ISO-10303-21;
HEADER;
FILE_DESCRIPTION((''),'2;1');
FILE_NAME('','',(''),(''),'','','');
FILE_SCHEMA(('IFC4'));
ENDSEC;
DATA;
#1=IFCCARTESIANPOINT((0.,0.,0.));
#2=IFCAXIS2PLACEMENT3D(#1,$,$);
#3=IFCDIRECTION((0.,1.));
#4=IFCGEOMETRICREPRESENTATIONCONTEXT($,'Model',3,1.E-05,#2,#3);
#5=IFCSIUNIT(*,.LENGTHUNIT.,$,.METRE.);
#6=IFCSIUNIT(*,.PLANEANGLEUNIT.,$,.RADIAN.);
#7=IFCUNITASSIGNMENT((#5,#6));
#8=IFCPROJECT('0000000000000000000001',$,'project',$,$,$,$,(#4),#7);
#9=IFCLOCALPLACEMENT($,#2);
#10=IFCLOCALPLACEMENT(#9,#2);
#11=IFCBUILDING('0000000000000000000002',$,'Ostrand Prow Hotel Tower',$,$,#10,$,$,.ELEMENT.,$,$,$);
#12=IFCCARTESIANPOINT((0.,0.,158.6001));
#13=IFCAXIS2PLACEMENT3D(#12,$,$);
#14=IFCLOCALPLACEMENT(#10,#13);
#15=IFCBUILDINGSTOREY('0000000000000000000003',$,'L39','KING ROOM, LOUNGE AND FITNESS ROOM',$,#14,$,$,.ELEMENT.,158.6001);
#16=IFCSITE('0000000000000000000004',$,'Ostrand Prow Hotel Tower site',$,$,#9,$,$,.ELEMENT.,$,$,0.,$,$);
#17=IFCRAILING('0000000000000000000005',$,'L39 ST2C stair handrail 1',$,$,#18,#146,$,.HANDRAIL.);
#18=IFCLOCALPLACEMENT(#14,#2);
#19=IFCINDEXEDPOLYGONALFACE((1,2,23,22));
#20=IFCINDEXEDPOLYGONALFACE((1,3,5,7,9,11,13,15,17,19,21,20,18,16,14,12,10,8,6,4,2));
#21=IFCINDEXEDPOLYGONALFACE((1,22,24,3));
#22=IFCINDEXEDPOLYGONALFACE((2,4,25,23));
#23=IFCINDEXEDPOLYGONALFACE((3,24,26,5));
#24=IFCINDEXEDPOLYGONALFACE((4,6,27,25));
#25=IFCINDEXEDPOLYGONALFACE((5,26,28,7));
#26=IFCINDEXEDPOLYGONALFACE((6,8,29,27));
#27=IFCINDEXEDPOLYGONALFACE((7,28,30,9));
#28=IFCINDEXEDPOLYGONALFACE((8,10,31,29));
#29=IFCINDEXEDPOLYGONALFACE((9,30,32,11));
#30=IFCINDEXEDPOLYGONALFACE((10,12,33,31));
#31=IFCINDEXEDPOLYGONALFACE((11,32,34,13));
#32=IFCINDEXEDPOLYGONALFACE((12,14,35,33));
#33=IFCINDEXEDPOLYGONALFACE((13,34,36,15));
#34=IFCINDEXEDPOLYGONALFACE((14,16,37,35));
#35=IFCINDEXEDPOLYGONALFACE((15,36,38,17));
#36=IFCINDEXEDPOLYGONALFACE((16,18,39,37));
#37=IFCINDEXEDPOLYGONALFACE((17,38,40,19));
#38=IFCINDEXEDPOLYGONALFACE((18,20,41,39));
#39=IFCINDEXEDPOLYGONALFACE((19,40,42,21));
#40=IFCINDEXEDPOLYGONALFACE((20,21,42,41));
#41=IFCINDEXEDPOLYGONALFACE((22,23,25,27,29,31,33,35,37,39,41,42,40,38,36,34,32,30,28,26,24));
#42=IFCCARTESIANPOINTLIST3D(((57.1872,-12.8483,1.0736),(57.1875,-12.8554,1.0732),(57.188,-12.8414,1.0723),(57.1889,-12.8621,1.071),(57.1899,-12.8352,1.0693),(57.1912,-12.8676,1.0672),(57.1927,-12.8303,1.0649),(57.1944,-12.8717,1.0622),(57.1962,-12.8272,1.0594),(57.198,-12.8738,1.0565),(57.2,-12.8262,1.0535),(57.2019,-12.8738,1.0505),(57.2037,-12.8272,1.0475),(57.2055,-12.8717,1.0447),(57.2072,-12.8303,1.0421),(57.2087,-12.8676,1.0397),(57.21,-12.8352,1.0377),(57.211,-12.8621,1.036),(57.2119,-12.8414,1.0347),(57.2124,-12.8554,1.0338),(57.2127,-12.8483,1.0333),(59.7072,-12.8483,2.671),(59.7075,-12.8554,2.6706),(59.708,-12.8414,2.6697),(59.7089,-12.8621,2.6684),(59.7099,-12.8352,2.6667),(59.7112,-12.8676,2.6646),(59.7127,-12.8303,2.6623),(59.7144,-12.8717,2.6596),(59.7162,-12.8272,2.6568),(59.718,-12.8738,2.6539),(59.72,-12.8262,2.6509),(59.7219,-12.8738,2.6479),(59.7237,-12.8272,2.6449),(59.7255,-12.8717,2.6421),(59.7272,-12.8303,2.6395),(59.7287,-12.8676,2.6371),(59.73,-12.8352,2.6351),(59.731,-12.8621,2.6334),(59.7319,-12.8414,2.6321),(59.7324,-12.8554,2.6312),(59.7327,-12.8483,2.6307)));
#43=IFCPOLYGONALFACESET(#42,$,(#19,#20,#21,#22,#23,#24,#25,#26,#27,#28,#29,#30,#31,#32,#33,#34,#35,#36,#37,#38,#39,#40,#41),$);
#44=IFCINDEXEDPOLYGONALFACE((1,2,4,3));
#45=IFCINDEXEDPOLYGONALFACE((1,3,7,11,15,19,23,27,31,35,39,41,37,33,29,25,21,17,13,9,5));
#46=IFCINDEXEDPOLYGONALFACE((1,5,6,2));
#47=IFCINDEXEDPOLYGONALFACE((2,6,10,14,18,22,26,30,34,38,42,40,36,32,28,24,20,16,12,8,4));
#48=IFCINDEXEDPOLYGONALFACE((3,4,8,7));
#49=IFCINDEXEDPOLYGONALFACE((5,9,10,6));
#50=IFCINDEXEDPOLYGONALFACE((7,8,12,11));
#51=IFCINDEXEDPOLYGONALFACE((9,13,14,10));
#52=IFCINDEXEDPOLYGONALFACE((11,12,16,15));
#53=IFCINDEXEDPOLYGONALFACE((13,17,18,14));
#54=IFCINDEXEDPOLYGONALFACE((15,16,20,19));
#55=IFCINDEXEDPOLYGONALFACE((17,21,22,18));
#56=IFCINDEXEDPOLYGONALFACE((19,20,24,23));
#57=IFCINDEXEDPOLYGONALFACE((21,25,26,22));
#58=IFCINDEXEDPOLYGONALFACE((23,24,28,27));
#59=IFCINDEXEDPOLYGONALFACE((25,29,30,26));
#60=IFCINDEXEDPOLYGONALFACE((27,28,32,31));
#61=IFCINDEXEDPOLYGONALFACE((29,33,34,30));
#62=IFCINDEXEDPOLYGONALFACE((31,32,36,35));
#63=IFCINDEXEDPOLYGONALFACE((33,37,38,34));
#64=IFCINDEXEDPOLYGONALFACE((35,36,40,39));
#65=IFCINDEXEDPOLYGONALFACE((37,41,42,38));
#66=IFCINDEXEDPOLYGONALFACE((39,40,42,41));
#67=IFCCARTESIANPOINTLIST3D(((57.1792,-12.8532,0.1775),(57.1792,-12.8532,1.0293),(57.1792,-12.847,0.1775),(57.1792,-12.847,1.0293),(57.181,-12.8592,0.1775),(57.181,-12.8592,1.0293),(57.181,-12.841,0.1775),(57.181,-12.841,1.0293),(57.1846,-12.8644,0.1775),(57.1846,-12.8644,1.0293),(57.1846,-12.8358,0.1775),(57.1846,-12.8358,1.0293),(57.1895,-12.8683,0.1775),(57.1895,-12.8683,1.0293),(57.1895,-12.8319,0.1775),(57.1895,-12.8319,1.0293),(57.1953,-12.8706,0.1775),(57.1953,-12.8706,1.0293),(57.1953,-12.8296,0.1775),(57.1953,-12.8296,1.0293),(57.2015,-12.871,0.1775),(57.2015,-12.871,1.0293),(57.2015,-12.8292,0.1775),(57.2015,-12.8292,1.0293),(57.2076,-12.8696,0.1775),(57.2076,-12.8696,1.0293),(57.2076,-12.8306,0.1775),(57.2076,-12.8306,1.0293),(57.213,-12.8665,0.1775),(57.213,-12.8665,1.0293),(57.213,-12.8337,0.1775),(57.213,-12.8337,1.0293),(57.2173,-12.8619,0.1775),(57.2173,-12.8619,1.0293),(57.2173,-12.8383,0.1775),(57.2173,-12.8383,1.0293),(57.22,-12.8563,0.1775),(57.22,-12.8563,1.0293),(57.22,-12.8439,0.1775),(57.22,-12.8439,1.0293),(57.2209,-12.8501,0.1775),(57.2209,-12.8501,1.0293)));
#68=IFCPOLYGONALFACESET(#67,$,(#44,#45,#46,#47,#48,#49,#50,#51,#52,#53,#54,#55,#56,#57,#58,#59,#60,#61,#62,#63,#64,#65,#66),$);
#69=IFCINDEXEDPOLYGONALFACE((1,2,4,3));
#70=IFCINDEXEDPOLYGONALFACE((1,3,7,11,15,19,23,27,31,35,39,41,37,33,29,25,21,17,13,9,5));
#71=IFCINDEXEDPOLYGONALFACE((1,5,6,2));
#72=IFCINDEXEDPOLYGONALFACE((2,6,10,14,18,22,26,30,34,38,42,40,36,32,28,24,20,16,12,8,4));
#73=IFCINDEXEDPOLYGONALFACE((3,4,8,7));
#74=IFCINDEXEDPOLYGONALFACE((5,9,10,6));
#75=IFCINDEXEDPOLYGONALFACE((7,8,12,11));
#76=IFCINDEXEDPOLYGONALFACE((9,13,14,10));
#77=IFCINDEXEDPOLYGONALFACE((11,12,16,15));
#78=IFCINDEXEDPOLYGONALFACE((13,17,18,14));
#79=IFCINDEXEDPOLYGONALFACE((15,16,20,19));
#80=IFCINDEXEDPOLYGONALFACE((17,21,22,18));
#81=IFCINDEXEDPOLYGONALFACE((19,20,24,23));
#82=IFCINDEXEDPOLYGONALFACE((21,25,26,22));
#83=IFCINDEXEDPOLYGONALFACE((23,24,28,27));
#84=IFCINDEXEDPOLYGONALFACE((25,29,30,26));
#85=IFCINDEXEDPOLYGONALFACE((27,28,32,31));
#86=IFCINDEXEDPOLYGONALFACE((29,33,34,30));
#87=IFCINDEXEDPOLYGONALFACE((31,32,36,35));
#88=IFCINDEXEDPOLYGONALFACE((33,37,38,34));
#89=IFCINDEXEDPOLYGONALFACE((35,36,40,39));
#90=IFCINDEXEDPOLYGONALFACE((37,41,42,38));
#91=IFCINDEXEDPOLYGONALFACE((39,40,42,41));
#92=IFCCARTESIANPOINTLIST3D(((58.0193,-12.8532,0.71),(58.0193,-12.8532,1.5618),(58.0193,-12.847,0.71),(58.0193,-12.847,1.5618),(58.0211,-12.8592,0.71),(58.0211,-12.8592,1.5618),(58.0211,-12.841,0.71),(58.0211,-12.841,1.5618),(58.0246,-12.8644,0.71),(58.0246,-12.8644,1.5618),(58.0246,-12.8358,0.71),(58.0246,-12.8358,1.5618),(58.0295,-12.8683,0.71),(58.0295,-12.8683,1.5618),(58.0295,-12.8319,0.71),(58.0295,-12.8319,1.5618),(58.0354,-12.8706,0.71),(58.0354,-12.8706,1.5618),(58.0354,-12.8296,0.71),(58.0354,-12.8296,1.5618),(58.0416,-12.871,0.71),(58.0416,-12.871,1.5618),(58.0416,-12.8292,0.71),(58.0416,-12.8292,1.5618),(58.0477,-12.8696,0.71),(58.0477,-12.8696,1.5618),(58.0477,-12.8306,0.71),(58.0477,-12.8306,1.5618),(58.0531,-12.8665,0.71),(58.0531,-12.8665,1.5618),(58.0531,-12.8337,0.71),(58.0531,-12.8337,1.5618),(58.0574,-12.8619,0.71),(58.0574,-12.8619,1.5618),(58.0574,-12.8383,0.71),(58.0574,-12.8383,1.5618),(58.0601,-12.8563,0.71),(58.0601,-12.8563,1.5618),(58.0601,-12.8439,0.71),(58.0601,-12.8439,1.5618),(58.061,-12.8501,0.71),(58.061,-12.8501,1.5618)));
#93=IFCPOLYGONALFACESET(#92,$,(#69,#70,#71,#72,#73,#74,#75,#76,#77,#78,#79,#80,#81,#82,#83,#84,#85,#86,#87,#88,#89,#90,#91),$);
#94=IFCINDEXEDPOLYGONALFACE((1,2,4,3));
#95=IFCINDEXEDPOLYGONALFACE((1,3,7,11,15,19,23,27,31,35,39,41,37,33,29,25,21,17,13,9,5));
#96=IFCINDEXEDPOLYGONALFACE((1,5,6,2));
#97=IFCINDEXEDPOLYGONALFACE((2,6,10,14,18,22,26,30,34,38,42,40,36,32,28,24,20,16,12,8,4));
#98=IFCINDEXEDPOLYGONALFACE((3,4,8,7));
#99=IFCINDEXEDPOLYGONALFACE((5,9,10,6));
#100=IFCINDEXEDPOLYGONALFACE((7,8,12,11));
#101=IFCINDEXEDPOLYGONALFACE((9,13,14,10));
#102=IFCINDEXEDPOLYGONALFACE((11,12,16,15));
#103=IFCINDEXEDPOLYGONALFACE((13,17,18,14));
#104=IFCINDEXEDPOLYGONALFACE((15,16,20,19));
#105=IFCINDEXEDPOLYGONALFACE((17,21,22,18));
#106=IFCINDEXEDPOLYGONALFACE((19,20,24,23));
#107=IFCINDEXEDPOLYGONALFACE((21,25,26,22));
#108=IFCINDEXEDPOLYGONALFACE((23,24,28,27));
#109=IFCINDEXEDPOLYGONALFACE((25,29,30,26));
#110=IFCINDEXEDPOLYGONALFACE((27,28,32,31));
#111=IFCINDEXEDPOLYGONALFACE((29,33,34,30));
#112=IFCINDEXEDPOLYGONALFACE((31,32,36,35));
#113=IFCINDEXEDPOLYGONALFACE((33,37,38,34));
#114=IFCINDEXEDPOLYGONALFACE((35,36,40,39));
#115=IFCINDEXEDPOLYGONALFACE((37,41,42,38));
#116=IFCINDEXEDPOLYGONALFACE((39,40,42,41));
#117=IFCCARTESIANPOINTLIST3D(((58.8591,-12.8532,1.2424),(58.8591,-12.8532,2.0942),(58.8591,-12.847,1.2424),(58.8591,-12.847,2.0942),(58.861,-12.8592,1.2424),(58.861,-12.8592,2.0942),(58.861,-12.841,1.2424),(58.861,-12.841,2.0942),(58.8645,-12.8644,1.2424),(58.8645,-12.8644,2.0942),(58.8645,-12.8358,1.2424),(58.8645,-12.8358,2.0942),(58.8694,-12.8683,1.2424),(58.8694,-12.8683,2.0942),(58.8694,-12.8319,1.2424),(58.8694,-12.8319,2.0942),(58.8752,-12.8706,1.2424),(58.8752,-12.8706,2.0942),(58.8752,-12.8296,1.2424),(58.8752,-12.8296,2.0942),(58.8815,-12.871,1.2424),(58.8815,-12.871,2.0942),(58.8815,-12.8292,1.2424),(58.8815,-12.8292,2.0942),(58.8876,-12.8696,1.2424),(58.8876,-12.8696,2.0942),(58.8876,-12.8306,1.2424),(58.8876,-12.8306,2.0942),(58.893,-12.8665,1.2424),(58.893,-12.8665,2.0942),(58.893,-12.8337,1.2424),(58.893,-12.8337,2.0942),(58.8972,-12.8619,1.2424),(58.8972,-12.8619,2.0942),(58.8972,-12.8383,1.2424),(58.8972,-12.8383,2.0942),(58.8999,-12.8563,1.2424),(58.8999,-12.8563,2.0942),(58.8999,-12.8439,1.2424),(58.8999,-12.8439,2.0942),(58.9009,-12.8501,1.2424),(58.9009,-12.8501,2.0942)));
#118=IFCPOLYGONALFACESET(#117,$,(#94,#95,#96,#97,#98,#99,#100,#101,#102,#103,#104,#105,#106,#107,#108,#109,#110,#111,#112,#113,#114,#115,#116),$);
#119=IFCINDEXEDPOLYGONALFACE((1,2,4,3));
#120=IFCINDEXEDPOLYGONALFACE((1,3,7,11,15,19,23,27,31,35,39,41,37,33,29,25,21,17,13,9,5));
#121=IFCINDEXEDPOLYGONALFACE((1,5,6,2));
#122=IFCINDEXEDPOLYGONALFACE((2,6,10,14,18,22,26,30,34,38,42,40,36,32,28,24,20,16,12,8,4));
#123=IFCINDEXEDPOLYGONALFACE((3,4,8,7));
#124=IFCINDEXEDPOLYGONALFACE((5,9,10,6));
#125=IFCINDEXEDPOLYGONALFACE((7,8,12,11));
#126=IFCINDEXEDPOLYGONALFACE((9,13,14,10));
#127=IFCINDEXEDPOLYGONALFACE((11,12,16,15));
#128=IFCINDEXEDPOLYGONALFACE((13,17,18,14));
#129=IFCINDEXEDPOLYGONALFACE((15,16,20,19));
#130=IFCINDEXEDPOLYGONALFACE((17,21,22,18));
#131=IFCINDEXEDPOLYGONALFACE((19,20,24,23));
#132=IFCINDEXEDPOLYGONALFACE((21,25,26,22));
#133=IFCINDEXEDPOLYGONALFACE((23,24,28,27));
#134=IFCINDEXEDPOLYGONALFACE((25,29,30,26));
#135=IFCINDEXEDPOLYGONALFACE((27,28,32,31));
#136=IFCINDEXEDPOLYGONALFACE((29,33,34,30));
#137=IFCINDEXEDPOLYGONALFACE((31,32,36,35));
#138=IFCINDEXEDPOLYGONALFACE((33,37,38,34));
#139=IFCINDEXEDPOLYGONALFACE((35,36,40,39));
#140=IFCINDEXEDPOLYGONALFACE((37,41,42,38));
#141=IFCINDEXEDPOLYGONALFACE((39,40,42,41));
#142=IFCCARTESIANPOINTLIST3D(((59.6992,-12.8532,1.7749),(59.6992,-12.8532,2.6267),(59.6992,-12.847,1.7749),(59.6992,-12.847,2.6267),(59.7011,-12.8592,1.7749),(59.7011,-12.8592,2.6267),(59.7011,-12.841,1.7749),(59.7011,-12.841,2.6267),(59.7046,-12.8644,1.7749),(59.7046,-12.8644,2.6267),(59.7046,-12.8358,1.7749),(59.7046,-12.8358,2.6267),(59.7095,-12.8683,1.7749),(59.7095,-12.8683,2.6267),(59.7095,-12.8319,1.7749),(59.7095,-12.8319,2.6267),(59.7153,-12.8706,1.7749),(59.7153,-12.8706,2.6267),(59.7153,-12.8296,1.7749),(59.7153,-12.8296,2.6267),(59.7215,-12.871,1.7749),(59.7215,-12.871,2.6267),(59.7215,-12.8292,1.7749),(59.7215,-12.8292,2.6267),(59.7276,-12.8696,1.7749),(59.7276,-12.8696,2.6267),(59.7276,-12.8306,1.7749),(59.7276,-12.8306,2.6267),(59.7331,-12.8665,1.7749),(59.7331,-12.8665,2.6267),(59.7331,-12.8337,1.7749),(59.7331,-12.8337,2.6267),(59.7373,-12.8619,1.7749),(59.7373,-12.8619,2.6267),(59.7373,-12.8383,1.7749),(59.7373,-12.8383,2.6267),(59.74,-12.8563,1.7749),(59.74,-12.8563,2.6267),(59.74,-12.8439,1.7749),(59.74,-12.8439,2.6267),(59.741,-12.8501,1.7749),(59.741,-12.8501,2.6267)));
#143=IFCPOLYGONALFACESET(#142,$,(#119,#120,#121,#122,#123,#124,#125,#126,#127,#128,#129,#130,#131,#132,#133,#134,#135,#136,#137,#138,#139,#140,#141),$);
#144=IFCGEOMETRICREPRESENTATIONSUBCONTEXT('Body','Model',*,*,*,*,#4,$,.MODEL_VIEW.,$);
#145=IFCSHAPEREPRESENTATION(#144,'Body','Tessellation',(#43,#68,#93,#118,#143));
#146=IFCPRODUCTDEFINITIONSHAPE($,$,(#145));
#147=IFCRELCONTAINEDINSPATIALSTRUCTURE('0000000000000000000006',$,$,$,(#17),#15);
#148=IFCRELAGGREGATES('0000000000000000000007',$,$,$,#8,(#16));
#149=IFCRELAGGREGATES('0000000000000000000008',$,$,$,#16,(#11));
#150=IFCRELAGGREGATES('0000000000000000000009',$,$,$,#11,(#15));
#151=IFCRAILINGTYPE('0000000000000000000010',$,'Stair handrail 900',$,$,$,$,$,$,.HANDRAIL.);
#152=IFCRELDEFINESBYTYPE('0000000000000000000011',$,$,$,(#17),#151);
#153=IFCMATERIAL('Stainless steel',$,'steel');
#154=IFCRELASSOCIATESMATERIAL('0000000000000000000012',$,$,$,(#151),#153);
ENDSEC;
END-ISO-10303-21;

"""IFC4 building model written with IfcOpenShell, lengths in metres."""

from ifc_helpers import new_model, si_unit, direction, frame, origin, origin_2d, place, context, subcontext, project, spatial, circle, extrude, material, type_object, element, save


model = new_model("IFC4")

# Units and contexts
model_context = context("Model", 3, precision=1e-05, world=origin(), true_north=direction((0.0, 1.0)))
body_context = subcontext(model_context, "Body", "Model", "MODEL_VIEW")
ifc_project = project(units=[si_unit("LENGTHUNIT", "METRE"), si_unit("PLANEANGLEUNIT", "RADIAN")], contexts=[model_context])

# Site, building, storey
site_placement = place(None, origin())
site = spatial("IfcSite", under=ifc_project, at=site_placement, Name="Ostrand Prow Hotel Tower site", CompositionType="ELEMENT", RefElevation=0.0)
building_placement = place(site_placement, origin())
building = spatial("IfcBuilding", under=site, at=building_placement, Name="Ostrand Prow Hotel Tower", CompositionType="ELEMENT")
storey_placement = place(building_placement, frame((0.0, 0.0, 158.6001)))
storey = spatial("IfcBuildingStorey", under=building, at=storey_placement, Name="L39", Description="KING ROOM, LOUNGE AND FITNESS ROOM", CompositionType="ELEMENT", Elevation=158.6001)

# Railing
ifc_material_1 = material(Name="Stainless steel", Category="steel")
railing_type = type_object("IfcRailingType", Name="Stair handrail 900", PredefinedType="HANDRAIL", material=ifc_material_1)
railing_placement = place(storey_placement, frame((57.2, -12.8501, 0.1775)))
element("IfcRailing", 1, at=railing_placement, inside=storey, type_object=railing_type, Name="L39 ST2C stair handrail 1", PredefinedType="HANDRAIL", context=body_context, shape_type="SweptSolid", body=[
    extrude(circle(Radius=0.0239, at=origin_2d()), frame((0.0, 0.0, 0.876), z_axis=(0.844607, 0.0, 0.535387), x_axis=(0.0, 1.0, 0.0)), (0.0, 0.0, 1.0), 2.9836),
    extrude(circle(Radius=0.021, at=origin_2d()), origin(), (0.0, 0.0, 1.0), 0.8518),
    extrude(circle(Radius=0.021, at=origin_2d()), frame((0.8401, 0.0, 0.5325)), (0.0, 0.0, 1.0), 0.8518),
    extrude(circle(Radius=0.021, at=origin_2d()), frame((1.6799, 0.0, 1.0649)), (0.0, 0.0, 1.0), 0.8518),
    extrude(circle(Radius=0.021, at=origin_2d()), frame((2.52, 0.0, 1.5974)), (0.0, 0.0, 1.0), 0.8518),
])

save(model, "model.ifc")
